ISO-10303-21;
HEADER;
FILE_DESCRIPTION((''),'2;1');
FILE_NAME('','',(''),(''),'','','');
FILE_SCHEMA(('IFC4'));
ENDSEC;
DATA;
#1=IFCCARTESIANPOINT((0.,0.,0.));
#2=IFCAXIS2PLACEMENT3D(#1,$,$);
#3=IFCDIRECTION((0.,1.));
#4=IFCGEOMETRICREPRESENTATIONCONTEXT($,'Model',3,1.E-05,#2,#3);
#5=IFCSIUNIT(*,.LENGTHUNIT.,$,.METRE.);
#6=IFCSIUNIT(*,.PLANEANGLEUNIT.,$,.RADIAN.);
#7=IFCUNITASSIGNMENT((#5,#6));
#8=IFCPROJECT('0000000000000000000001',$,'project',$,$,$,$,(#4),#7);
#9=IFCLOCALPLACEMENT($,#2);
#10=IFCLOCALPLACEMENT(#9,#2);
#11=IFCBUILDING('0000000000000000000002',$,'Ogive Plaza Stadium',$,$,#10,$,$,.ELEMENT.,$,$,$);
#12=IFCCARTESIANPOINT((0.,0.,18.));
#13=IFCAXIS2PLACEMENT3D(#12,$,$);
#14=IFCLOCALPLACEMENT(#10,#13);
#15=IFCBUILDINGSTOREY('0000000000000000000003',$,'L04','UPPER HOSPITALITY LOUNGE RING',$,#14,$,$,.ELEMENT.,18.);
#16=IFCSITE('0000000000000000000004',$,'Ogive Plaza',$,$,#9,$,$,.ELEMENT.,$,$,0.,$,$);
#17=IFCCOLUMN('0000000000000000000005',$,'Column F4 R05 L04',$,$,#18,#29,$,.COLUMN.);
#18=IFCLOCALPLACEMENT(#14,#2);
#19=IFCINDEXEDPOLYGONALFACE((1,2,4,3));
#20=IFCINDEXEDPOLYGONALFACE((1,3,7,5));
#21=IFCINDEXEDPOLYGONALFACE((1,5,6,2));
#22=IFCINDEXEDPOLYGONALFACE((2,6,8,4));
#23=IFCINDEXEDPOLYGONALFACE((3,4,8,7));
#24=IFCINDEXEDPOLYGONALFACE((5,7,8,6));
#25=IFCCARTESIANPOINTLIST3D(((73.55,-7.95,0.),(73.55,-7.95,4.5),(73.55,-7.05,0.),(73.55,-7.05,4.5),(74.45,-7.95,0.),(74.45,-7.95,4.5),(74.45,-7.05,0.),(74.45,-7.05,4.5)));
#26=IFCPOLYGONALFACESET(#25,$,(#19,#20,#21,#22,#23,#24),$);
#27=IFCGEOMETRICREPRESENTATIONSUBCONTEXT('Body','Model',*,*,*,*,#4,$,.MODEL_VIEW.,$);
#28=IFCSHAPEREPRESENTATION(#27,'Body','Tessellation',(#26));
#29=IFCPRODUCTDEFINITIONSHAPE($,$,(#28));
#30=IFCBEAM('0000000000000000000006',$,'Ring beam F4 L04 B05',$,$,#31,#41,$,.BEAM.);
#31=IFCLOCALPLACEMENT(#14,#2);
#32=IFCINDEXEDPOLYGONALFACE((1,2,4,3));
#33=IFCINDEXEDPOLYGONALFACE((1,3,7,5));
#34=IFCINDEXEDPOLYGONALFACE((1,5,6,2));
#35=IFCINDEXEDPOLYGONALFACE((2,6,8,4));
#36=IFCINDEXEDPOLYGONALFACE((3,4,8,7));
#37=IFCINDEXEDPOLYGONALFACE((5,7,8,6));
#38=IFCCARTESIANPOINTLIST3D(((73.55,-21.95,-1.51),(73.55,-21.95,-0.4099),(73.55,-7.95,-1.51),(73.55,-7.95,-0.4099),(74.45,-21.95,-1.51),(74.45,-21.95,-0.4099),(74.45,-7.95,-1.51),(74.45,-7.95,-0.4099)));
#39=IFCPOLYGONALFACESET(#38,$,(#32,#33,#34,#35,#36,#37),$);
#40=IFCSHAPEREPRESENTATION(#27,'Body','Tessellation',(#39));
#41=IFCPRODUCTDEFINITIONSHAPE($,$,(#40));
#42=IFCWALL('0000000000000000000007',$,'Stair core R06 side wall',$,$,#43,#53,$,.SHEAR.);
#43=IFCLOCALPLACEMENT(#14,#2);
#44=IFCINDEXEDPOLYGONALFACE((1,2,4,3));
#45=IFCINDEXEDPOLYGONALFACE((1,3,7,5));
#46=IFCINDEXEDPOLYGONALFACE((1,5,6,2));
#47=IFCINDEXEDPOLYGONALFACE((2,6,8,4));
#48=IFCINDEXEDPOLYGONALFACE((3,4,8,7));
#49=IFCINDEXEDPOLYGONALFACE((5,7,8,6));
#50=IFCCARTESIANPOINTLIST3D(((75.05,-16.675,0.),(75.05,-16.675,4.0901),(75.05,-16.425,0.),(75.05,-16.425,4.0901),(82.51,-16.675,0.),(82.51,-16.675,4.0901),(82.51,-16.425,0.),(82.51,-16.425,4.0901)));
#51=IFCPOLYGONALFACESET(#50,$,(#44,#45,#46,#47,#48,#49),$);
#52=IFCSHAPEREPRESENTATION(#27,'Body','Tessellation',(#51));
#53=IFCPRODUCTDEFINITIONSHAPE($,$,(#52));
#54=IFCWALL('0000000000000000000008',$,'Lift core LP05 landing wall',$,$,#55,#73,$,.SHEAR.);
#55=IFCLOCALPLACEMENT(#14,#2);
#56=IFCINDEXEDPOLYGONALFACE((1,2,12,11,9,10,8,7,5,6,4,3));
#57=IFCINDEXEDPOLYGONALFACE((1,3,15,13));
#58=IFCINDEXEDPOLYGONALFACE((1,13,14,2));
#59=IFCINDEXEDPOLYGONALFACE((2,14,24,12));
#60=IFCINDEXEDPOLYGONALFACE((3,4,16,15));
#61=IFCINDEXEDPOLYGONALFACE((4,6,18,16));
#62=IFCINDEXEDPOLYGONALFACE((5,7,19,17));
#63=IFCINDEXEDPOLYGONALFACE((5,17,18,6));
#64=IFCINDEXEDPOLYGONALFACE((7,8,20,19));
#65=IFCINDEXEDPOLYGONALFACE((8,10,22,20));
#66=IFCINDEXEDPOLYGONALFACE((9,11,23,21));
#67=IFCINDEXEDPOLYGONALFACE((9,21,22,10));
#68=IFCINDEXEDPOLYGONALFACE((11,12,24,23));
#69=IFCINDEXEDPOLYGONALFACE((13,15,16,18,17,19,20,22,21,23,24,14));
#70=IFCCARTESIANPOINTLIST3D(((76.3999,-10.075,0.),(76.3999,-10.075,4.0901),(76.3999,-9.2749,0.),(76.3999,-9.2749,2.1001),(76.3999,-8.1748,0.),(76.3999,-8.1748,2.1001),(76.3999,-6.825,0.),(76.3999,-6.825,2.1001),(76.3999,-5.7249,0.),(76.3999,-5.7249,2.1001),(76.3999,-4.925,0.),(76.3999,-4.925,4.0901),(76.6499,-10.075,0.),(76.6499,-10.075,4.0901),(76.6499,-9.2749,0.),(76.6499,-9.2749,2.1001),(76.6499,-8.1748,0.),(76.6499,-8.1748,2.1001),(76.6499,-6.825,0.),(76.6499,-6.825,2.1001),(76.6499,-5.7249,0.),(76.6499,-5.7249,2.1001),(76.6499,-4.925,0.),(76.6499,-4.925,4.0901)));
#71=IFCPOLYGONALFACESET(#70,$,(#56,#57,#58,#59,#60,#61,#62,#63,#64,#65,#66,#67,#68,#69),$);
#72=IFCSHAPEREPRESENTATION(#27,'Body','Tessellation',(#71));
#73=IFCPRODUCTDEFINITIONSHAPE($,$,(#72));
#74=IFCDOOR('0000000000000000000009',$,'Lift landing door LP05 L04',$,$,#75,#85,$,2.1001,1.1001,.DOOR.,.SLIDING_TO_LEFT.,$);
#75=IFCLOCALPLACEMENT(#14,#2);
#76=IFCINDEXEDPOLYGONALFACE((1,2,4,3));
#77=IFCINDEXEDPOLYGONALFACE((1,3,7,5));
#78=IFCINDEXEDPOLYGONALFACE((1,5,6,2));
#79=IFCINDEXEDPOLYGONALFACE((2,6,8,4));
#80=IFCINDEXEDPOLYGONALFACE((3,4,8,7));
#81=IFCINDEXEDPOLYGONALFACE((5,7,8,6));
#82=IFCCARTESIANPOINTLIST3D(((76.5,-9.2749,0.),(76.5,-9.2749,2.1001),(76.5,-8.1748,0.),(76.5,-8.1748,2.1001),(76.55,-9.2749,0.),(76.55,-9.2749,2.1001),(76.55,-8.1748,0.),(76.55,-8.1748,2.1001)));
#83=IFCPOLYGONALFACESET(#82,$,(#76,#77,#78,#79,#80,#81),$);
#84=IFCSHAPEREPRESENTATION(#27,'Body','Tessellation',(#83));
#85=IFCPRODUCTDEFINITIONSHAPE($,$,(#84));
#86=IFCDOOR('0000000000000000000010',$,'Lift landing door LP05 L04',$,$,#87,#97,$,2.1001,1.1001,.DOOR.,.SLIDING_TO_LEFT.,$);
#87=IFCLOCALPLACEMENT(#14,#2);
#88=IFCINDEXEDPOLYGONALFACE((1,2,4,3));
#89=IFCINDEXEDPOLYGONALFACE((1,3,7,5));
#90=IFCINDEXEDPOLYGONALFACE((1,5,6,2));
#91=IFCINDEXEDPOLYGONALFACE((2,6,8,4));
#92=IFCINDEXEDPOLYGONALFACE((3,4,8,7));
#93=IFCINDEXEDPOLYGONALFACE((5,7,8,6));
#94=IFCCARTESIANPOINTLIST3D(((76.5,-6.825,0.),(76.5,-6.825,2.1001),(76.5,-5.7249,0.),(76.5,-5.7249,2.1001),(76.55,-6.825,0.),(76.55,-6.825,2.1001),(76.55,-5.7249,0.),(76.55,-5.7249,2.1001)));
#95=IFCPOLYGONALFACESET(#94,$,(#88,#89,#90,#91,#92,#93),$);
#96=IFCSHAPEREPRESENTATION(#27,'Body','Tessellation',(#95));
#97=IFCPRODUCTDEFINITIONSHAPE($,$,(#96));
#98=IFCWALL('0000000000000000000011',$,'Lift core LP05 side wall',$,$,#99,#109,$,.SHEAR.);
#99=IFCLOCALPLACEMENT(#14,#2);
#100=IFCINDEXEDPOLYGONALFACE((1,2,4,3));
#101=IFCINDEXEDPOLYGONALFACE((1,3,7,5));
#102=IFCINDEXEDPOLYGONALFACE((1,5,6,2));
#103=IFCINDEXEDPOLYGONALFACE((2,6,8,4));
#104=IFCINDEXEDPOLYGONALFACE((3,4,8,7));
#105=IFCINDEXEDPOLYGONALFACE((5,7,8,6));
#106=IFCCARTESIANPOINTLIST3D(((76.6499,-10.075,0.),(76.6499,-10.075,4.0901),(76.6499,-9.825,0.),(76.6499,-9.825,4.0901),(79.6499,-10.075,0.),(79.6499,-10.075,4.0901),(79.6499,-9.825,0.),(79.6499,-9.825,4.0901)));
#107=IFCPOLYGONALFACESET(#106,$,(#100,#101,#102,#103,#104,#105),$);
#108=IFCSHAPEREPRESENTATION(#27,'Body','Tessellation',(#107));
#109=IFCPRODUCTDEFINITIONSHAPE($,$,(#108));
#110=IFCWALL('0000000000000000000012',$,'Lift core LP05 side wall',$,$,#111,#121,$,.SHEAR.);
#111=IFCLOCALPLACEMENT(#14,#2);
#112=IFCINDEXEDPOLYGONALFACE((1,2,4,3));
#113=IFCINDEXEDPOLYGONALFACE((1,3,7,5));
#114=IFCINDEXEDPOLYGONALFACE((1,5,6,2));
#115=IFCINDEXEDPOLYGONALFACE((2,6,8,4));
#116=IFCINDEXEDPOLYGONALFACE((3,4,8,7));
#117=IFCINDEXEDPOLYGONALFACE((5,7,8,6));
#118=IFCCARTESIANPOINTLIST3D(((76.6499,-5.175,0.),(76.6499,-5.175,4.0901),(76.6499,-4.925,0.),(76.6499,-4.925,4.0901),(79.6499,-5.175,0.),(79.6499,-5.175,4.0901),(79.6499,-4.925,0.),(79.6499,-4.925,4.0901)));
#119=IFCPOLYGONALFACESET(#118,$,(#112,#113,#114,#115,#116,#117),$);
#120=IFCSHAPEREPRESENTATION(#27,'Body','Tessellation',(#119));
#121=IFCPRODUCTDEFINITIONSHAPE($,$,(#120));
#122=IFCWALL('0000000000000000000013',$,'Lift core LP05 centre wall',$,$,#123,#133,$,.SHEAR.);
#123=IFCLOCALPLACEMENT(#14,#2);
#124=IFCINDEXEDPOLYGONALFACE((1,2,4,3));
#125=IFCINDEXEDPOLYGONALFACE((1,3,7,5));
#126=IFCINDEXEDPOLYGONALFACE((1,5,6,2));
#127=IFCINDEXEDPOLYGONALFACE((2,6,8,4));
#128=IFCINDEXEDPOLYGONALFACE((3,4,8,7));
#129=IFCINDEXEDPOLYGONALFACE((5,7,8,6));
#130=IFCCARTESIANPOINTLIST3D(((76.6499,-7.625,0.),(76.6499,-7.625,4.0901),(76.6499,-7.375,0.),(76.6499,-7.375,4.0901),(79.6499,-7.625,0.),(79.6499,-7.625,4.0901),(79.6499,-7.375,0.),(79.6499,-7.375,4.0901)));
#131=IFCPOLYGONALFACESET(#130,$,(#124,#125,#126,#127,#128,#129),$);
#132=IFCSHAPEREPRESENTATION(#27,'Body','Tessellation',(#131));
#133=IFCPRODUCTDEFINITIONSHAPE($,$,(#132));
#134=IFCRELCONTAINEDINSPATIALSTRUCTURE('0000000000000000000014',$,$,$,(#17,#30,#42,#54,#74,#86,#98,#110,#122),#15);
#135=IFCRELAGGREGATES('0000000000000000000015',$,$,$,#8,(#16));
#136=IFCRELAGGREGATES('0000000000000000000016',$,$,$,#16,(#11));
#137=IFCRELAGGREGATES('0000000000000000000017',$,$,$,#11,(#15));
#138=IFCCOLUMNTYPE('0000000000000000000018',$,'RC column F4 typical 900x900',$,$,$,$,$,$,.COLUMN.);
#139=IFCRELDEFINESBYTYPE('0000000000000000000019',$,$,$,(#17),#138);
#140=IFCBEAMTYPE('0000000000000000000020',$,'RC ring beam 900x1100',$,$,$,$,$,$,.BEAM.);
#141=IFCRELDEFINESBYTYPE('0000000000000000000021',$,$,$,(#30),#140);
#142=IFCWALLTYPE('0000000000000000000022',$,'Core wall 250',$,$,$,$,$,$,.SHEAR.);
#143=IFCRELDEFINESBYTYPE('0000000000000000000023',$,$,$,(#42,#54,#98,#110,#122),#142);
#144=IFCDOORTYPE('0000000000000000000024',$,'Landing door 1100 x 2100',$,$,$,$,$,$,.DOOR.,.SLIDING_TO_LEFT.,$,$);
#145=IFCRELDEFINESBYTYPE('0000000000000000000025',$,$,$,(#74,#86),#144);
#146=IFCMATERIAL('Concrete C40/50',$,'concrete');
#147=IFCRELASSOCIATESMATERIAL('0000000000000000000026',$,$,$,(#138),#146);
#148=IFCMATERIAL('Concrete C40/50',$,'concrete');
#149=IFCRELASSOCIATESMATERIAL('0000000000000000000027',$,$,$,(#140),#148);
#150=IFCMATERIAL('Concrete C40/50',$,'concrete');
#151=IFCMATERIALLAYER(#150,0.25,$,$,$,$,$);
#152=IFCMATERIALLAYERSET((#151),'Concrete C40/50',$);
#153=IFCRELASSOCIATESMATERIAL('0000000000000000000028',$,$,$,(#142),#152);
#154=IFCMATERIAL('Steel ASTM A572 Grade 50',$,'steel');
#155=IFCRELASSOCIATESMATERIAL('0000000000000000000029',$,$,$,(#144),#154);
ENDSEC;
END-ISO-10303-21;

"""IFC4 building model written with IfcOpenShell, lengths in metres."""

from ifc_helpers import new_model, si_unit, direction, frame, frame_2d, origin, origin_2d, place, context, subcontext, project, spatial, rectangle, extrude, material, layer, layer_set, material_profile, profile_set, type_object, element, fill, save


model = new_model("IFC4")

# Units and contexts
model_context = context("Model", 3, precision=1e-05, world=origin(), true_north=direction((0.0, 1.0)))
body_context = subcontext(model_context, "Body", "Model", "MODEL_VIEW")
ifc_project = project(units=[si_unit("LENGTHUNIT", "METRE"), si_unit("PLANEANGLEUNIT", "RADIAN")], contexts=[model_context])

# Site, building, storey
site_placement = place(None, origin())
site = spatial("IfcSite", under=ifc_project, at=site_placement, Name="Ogive Plaza", CompositionType="ELEMENT", RefElevation=0.0)
building_placement = place(site_placement, origin())
building = spatial("IfcBuilding", under=site, at=building_placement, Name="Ogive Plaza Stadium", CompositionType="ELEMENT")
storey_placement = place(building_placement, frame((0.0, 0.0, 18.0)))
storey = spatial("IfcBuildingStorey", under=building, at=storey_placement, Name="L04", Description="UPPER HOSPITALITY LOUNGE RING", CompositionType="ELEMENT", Elevation=18.0)

# Column
ifc_material_1 = material(Name="Concrete C40/50", Category="concrete")
ifc_material_profile_1 = material_profile(ifc_material_1, rectangle(XDim=0.8999, YDim=0.8999, at=origin_2d()), Name="RC 900x900")
ifc_profile_set_1 = profile_set([ifc_material_profile_1], Name="Concrete C40/50")
column_type = type_object("IfcColumnType", Name="RC column F4 typical 900x900", PredefinedType="COLUMN", material=ifc_profile_set_1)
column_placement = place(storey_placement, frame((74.0, -7.5, 0.0), z_axis=(0.0, 0.0, 1.0), x_axis=(0.0, 1.0, 0.0)))
element("IfcColumn", 1, at=column_placement, inside=storey, type_object=column_type, Name="Column F4 R05 L04", PredefinedType="COLUMN", context=body_context, shape_type="SweptSolid", body=[
    extrude(rectangle(XDim=0.8999, YDim=0.8999, at=origin_2d()), origin(), (0.0, 0.0, 1.0), 4.5),
])

# Beam
ifc_material_2 = material(Name="Concrete C40/50", Category="concrete")
ifc_material_profile_2 = material_profile(ifc_material_2, rectangle(XDim=0.8999, YDim=1.1001, at=origin_2d()), Name="RC 900x1100")
ifc_profile_set_2 = profile_set([ifc_material_profile_2], Name="Concrete C40/50")
beam_type = type_object("IfcBeamType", Name="RC ring beam 900x1100", PredefinedType="BEAM", material=ifc_profile_set_2)
beam_placement = place(storey_placement, frame((74.0, -7.95, -0.96), z_axis=(0.0, -1.0, 0.0), x_axis=(1.0, 0.0, 0.0)))
element("IfcBeam", 2, at=beam_placement, inside=storey, type_object=beam_type, Name="Ring beam F4 L04 B05", PredefinedType="BEAM", context=body_context, shape_type="SweptSolid", body=[
    extrude(rectangle(XDim=0.8999, YDim=1.1001, at=origin_2d()), origin(), (0.0, 0.0, 1.0), 14.0),
])

# Wall
ifc_material_3 = material(Name="Concrete C40/50", Category="concrete")
ifc_layer_1 = layer(ifc_material_3, 0.25)
ifc_layer_set_1 = layer_set([ifc_layer_1], Name="Concrete C40/50")
wall_type = type_object("IfcWallType", Name="Core wall 250", PredefinedType="SHEAR", material=ifc_layer_set_1)
wall_1_placement = place(storey_placement, frame((75.05, -16.55, 0.0), z_axis=(0.0, 0.0, 1.0), x_axis=(1.0, 0.0, 0.0)))
element("IfcWall", 3, at=wall_1_placement, inside=storey, type_object=wall_type, Name="Stair core R06 side wall", PredefinedType="SHEAR", context=body_context, shape_type="SweptSolid", body=[
    extrude(rectangle(XDim=7.46, YDim=0.25, at=frame_2d((3.73, 0.0))), origin(), (0.0, 0.0, 1.0), 4.0901),
])

# Wall, openings, doors
wall_2_placement = place(storey_placement, frame((76.5249, -10.075, 0.0), z_axis=(0.0, 0.0, 1.0), x_axis=(0.0, 1.0, 0.0)))
wall_2 = element("IfcWall", 4, at=wall_2_placement, inside=storey, type_object=wall_type, Name="Lift core LP05 landing wall", PredefinedType="SHEAR", context=body_context, shape_type="SweptSolid", body=[
    extrude(rectangle(XDim=5.1499, YDim=0.25, at=frame_2d((2.575, 0.0))), origin(), (0.0, 0.0, 1.0), 4.0901),
])
opening_1_placement = place(wall_2_placement, frame((0.8, 0.0, 0.0)))
opening_1 = element("IfcOpeningElement", 5, at=opening_1_placement, cuts=wall_2, PredefinedType="OPENING", context=body_context, shape_type="SweptSolid", body=[
    extrude(rectangle(XDim=1.1001, YDim=2.1001, at=frame_2d((0.55, 1.05))), frame((0.0, 0.125, 0.0), z_axis=(0.0, -1.0, 0.0), x_axis=(1.0, 0.0, 0.0)), (0.0, 0.0, 1.0), 0.25),
])
opening_2_placement = place(wall_2_placement, frame((3.25, 0.0, 0.0)))
opening_2 = element("IfcOpeningElement", 6, at=opening_2_placement, cuts=wall_2, PredefinedType="OPENING", context=body_context, shape_type="SweptSolid", body=[
    extrude(rectangle(XDim=1.1001, YDim=2.1001, at=frame_2d((0.55, 1.05))), frame((0.0, 0.125, 0.0), z_axis=(0.0, -1.0, 0.0), x_axis=(1.0, 0.0, 0.0)), (0.0, 0.0, 1.0), 0.25),
])
ifc_material_4 = material(Name="Steel ASTM A572 Grade 50", Category="steel")
door_type = type_object("IfcDoorType", Name="Landing door 1100 x 2100", OperationType="SLIDING_TO_LEFT", PredefinedType="DOOR", material=ifc_material_4)
door_1_placement = place(opening_1_placement, origin())
door_1 = element("IfcDoor", 7, at=door_1_placement, inside=storey, type_object=door_type, Name="Lift landing door LP05 L04", OperationType="SLIDING_TO_LEFT", OverallHeight=2.1001, OverallWidth=1.1001, PredefinedType="DOOR", context=body_context, shape_type="SweptSolid", body=[
    extrude(rectangle(XDim=1.1001, YDim=2.1001, at=frame_2d((0.55, 1.05))), frame((0.0, 0.0249, 0.0), z_axis=(0.0, -1.0, 0.0), x_axis=(1.0, 0.0, 0.0)), (0.0, 0.0, 1.0), 0.05),
])
fill(opening_1, door_1)
door_2_placement = place(opening_2_placement, origin())
door_2 = element("IfcDoor", 8, at=door_2_placement, inside=storey, type_object=door_type, Name="Lift landing door LP05 L04", OperationType="SLIDING_TO_LEFT", OverallHeight=2.1001, OverallWidth=1.1001, PredefinedType="DOOR", context=body_context, shape_type="SweptSolid", body=[
    extrude(rectangle(XDim=1.1001, YDim=2.1001, at=frame_2d((0.55, 1.05))), frame((0.0, 0.0249, 0.0), z_axis=(0.0, -1.0, 0.0), x_axis=(1.0, 0.0, 0.0)), (0.0, 0.0, 1.0), 0.05),
])
fill(opening_2, door_2)

# Walls
for number, where, z_axis, x_axis, name in (
    (9, (76.6499, -9.95, 0.0), (0.0, 0.0, 1.0), (1.0, 0.0, 0.0), "Lift core LP05 side wall"),
    (10, (76.6499, -5.05, 0.0), (0.0, 0.0, 1.0), (1.0, 0.0, 0.0), "Lift core LP05 side wall"),
    (11, (76.6499, -7.5, 0.0), (0.0, 0.0, 1.0), (1.0, 0.0, 0.0), "Lift core LP05 centre wall"),
):
    element("IfcWall", number, at=place(storey_placement, frame(where, z_axis=z_axis, x_axis=x_axis)), inside=storey, type_object=wall_type, Name=name, PredefinedType="SHEAR", context=body_context, shape_type="SweptSolid", body=[
        extrude(rectangle(XDim=3.0, YDim=0.25, at=frame_2d((1.5, 0.0))), origin(), (0.0, 0.0, 1.0), 4.0901),
    ])

save(model, "model.ifc")
